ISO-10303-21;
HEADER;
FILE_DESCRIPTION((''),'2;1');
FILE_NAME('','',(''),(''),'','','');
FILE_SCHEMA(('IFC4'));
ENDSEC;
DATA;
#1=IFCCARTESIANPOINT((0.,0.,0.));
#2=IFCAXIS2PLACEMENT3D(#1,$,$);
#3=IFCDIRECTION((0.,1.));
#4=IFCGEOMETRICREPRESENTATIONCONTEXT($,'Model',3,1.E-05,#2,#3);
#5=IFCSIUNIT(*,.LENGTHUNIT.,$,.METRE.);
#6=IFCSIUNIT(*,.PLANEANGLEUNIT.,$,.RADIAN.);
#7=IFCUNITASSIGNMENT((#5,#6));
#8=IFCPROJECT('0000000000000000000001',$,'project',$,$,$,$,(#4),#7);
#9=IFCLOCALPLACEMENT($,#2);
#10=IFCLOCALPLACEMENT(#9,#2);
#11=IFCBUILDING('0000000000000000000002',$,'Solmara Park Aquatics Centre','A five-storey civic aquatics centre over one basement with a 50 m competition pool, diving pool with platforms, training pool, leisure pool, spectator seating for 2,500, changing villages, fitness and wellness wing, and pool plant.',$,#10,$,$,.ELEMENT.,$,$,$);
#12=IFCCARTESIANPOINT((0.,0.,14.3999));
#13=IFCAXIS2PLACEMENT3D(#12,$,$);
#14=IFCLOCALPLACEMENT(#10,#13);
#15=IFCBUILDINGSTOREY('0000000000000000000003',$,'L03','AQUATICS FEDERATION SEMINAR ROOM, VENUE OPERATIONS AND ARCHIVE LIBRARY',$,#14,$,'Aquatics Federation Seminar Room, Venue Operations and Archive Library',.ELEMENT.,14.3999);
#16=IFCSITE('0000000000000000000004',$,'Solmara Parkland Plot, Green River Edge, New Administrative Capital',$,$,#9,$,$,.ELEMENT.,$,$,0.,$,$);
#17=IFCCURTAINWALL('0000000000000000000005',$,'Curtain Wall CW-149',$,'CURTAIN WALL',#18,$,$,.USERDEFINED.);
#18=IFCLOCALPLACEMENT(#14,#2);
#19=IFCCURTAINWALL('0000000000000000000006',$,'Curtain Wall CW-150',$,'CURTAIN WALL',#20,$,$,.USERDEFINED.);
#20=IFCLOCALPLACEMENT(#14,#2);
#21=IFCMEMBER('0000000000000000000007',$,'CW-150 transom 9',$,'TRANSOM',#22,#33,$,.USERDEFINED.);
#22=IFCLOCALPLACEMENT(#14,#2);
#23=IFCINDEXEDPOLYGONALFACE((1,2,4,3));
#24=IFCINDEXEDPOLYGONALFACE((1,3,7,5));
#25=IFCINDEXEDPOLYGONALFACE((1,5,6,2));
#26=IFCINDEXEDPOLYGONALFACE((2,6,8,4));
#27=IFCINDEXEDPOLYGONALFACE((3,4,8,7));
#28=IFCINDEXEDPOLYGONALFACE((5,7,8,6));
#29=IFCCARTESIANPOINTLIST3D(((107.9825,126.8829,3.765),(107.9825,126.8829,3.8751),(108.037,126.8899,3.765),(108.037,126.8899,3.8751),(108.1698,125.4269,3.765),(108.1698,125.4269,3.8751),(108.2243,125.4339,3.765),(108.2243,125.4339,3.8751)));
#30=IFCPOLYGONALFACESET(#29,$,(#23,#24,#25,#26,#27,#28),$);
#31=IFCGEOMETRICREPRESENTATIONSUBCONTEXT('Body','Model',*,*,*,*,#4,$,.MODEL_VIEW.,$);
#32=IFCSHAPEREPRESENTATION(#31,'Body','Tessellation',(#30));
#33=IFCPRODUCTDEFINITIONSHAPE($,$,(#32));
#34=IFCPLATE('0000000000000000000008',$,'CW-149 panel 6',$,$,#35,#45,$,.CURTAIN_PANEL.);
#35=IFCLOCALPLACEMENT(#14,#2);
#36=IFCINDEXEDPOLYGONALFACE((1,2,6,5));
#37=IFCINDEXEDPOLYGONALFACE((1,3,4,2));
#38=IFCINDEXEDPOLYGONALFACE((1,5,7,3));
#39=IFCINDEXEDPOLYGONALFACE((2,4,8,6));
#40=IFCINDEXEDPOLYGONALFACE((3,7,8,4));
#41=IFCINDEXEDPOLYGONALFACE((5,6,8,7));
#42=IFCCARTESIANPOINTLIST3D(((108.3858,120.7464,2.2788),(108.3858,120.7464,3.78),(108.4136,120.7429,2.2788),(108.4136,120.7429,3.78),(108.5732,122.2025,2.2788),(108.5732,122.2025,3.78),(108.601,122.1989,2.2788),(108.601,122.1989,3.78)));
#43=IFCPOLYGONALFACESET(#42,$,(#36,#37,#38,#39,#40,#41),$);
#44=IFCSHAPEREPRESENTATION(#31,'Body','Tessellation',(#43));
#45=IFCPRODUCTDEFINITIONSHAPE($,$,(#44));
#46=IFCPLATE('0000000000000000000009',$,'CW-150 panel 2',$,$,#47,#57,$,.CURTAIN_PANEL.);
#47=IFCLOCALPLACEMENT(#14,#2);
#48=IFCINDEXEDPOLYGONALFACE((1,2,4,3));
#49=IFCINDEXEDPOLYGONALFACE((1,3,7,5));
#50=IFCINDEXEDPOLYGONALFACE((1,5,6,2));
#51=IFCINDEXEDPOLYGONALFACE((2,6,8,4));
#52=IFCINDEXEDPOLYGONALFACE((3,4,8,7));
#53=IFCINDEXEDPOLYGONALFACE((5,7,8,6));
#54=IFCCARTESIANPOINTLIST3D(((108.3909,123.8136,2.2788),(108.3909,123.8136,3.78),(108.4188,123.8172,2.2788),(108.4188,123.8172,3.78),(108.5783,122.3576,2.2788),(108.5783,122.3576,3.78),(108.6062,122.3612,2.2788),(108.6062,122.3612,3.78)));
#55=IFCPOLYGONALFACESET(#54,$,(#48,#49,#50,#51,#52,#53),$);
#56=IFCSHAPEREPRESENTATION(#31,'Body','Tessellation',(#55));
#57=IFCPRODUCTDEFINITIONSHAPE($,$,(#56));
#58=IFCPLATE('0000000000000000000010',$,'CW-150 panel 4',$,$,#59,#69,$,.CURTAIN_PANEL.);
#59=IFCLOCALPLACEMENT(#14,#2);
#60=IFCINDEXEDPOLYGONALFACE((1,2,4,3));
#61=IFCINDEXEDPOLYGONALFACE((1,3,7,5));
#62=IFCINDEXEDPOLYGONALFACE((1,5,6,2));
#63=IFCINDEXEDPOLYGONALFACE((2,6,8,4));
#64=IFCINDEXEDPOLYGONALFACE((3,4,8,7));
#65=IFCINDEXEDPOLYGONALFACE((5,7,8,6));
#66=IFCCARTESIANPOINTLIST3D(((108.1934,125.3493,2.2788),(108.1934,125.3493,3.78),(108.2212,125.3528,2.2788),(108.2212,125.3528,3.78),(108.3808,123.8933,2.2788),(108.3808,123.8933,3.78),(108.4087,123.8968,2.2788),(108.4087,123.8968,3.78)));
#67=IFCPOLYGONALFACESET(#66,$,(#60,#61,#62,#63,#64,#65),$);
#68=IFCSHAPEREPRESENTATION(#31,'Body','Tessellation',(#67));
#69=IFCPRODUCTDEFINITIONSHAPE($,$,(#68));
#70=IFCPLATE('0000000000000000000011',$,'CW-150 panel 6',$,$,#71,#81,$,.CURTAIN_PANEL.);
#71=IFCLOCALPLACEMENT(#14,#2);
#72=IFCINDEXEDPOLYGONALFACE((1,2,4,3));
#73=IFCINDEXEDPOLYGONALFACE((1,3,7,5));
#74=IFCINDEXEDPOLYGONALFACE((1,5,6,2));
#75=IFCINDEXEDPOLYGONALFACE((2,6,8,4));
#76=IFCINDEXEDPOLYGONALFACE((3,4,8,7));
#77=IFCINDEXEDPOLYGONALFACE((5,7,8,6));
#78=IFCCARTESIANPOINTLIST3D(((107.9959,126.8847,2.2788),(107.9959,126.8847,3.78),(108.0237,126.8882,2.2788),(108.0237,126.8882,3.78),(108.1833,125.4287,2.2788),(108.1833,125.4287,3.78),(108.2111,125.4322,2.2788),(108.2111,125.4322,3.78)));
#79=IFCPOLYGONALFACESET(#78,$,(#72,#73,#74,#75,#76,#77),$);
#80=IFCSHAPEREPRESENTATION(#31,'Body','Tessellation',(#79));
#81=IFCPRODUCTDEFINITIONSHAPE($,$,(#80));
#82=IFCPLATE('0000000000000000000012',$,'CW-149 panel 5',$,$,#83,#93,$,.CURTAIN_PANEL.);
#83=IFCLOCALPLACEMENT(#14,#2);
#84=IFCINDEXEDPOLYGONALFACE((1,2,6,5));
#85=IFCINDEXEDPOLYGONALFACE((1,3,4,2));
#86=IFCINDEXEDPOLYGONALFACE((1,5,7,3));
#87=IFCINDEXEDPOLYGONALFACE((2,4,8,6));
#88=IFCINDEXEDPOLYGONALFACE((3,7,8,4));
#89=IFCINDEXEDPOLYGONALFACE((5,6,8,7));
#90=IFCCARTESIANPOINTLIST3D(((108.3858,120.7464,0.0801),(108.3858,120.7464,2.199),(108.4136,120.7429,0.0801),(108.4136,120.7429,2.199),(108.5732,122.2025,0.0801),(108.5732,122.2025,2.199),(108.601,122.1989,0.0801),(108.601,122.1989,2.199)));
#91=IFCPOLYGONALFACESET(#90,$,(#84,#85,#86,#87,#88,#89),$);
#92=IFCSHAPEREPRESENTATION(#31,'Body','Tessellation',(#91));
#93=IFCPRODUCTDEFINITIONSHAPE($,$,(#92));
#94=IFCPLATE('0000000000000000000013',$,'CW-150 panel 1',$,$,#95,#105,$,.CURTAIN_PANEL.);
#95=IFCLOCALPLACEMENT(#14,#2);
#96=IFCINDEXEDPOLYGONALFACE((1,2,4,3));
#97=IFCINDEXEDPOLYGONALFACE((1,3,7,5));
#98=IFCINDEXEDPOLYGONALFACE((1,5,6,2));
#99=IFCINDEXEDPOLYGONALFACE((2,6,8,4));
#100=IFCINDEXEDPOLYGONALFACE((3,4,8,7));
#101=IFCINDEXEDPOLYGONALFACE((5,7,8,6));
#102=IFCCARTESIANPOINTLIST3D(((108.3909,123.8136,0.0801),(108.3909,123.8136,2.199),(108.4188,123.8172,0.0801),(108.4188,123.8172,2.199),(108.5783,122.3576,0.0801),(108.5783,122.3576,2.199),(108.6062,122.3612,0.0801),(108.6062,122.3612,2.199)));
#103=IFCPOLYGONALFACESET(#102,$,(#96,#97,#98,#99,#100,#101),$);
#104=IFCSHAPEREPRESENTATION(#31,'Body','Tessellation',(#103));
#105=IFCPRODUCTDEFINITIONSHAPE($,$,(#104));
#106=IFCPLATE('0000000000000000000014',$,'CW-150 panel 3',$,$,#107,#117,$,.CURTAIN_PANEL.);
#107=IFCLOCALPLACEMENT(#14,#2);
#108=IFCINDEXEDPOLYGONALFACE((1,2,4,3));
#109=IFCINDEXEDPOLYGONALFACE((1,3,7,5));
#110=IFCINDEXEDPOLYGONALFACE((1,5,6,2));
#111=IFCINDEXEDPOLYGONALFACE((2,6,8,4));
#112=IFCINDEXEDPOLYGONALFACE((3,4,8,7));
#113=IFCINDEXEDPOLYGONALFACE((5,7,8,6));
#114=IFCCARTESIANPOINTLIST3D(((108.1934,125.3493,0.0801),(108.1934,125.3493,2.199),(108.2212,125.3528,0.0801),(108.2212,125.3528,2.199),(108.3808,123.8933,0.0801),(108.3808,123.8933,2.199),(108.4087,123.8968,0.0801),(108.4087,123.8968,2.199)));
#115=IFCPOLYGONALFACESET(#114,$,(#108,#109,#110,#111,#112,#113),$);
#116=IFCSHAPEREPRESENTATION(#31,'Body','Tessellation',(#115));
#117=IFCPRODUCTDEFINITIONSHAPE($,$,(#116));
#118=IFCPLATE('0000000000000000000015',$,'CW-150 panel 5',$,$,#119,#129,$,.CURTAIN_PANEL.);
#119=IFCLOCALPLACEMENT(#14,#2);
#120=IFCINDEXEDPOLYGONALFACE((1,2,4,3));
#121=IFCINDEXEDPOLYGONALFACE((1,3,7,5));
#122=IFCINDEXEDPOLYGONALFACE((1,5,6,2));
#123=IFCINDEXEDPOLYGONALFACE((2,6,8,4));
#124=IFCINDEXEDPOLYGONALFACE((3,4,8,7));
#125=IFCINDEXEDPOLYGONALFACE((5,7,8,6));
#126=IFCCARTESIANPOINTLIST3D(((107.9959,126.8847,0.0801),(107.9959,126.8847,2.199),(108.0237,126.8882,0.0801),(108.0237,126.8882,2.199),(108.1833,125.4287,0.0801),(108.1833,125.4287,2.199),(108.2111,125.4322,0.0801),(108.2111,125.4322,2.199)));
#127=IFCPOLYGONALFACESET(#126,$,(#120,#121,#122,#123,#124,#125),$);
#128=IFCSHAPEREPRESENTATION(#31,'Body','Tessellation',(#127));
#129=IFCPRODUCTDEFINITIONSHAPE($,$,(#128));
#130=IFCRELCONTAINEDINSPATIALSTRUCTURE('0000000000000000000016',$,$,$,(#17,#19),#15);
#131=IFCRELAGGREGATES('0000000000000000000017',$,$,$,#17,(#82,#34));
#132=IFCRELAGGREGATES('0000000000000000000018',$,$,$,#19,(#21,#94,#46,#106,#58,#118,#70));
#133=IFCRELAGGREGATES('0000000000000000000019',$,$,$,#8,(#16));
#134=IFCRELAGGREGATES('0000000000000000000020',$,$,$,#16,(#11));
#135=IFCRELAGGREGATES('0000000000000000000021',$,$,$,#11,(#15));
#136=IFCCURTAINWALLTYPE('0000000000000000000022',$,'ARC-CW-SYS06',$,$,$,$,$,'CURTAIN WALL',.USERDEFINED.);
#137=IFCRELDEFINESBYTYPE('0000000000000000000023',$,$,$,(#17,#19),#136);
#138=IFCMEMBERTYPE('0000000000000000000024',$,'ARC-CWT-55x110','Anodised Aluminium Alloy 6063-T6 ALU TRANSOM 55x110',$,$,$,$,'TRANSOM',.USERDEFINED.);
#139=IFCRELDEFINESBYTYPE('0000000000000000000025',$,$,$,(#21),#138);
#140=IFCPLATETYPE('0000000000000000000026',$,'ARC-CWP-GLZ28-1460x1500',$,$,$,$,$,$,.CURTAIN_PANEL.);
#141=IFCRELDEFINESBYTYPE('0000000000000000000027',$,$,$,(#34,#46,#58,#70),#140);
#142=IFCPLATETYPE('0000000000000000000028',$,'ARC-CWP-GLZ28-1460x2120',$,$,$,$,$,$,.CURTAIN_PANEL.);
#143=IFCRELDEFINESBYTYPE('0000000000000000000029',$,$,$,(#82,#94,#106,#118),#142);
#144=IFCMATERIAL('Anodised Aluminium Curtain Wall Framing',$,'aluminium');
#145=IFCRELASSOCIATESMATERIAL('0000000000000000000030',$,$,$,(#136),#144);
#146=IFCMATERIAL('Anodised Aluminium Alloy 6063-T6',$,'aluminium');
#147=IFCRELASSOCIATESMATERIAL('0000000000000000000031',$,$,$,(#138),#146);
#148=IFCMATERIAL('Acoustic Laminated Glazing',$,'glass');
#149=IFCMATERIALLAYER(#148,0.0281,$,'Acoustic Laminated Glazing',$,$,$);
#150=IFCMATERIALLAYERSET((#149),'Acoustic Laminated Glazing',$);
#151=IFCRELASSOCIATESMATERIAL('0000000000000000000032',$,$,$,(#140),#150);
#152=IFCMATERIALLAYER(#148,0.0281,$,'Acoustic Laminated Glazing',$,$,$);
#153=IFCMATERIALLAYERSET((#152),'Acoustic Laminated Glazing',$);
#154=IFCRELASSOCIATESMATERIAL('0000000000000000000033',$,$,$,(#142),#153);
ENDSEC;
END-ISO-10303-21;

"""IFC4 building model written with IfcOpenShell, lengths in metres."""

from ifc_helpers import new_model, si_unit, direction, frame, origin, origin_2d, place, context, subcontext, project, spatial, rectangle, extrude, material, layer, layer_set, material_profile, profile_set, type_object, element, aggregate, save


model = new_model("IFC4")

# Units and contexts
model_context = context("Model", 3, precision=1e-05, world=origin(), true_north=direction((0.0, 1.0)))
body_context = subcontext(model_context, "Body", "Model", "MODEL_VIEW")
ifc_project = project(units=[si_unit("LENGTHUNIT", "METRE"), si_unit("PLANEANGLEUNIT", "RADIAN")], contexts=[model_context])

# Site, building, storey
site_placement = place(None, origin())
site = spatial("IfcSite", under=ifc_project, at=site_placement, Name="Solmara Parkland Plot, Green River Edge, New Administrative Capital", CompositionType="ELEMENT", RefElevation=0.0)
building_placement = place(site_placement, origin())
building = spatial("IfcBuilding", under=site, at=building_placement, Name="Solmara Park Aquatics Centre", Description="A five-storey civic aquatics centre over one basement with a 50 m competition pool, diving pool with platforms, training pool, leisure pool, spectator seating for 2,500, changing villages, fitness and wellness wing, and pool plant.", CompositionType="ELEMENT")
storey_placement = place(building_placement, frame((0.0, 0.0, 14.3999)))
storey = spatial("IfcBuildingStorey", under=building, at=storey_placement, Name="L03", Description="AQUATICS FEDERATION SEMINAR ROOM, VENUE OPERATIONS AND ARCHIVE LIBRARY", LongName="Aquatics Federation Seminar Room, Venue Operations and Archive Library", CompositionType="ELEMENT", Elevation=14.3999)

# Curtain wall
ifc_material_1 = material(Name="Anodised Aluminium Curtain Wall Framing", Category="aluminium")
curtain_wall_type = type_object("IfcCurtainWallType", Name="ARC-CW-SYS06", ElementType="CURTAIN WALL", PredefinedType="USERDEFINED", material=ifc_material_1)
curtain_wall_1_placement = place(storey_placement, origin())
curtain_wall_1 = element("IfcCurtainWall", 1, at=curtain_wall_1_placement, inside=storey, type_object=curtain_wall_type, Name="Curtain Wall CW-149", ObjectType="CURTAIN WALL", PredefinedType="USERDEFINED")
ifc_material_2 = material(Name="Anodised Aluminium Alloy 6063-T6", Category="aluminium")

# Curtain wall
curtain_wall_2_placement = place(storey_placement, origin())
curtain_wall_2 = element("IfcCurtainWall", 2, at=curtain_wall_2_placement, inside=storey, type_object=curtain_wall_type, Name="Curtain Wall CW-150", ObjectType="CURTAIN WALL", PredefinedType="USERDEFINED")

# Member
ifc_material_profile_1 = material_profile(ifc_material_2, rectangle(XDim=0.0549, YDim=0.1101, at=origin_2d()), Name="ALU TRANSOM 55x110")
ifc_profile_set_1 = profile_set([ifc_material_profile_1], Name="Anodised Aluminium Alloy 6063-T6")
member_type_1 = type_object("IfcMemberType", Name="ARC-CWT-55x110", Description="Anodised Aluminium Alloy 6063-T6 ALU TRANSOM 55x110", ElementType="TRANSOM", PredefinedType="USERDEFINED", material=ifc_profile_set_1)
member_1_placement = place(storey_placement, frame((108.197, 125.4304, 3.8201), z_axis=(-0.127554, 0.991832, 0.0), x_axis=(-0.991832, -0.127554, 0.0)))
member_1 = element("IfcMember", 3, at=member_1_placement, type_object=member_type_1, Name="CW-150 transom 9", ObjectType="TRANSOM", PredefinedType="USERDEFINED", context=body_context, shape_type="SweptSolid", body=[
    extrude(rectangle(XDim=0.0549, YDim=0.1101, at=origin_2d()), origin(), (0.0, 0.0, 1.0), 1.468),
])

# Plates
ifc_material_3 = material(Name="Acoustic Laminated Glazing", Category="glass")
ifc_layer_1 = layer(ifc_material_3, 0.0281, Name="Acoustic Laminated Glazing")
ifc_layer_set_1 = layer_set([ifc_layer_1], Name="Acoustic Laminated Glazing")
plate_type_1 = type_object("IfcPlateType", Name="ARC-CWP-GLZ28-1460x1500", PredefinedType="CURTAIN_PANEL", material=ifc_layer_set_1)
plate_1_placement = place(storey_placement, frame((108.4934, 121.4727, 2.2788), z_axis=(0.0, 0.0, 1.0), x_axis=(0.127658, 0.991818, 0.0)))
plate_1 = element("IfcPlate", 4, at=plate_1_placement, type_object=plate_type_1, Name="CW-149 panel 6", PredefinedType="CURTAIN_PANEL", context=body_context, shape_type="SweptSolid", body=[
    extrude(rectangle(XDim=1.468, YDim=0.0281, at=origin_2d()), origin(), (0.0, 0.0, 1.0), 1.5012),
])
plate_2_placement = place(storey_placement, frame((108.4985, 123.0874, 2.2788), z_axis=(0.0, 0.0, 1.0), x_axis=(-0.127658, 0.991818, 0.0)))
plate_2 = element("IfcPlate", 5, at=plate_2_placement, type_object=plate_type_1, Name="CW-150 panel 2", PredefinedType="CURTAIN_PANEL", context=body_context, shape_type="SweptSolid", body=[
    extrude(rectangle(XDim=1.468, YDim=0.0281, at=origin_2d()), origin(), (0.0, 0.0, 1.0), 1.5012),
])
plate_3_placement = place(storey_placement, frame((108.301, 124.623, 2.2788), z_axis=(0.0, 0.0, 1.0), x_axis=(-0.127658, 0.991818, 0.0)))
plate_3 = element("IfcPlate", 6, at=plate_3_placement, type_object=plate_type_1, Name="CW-150 panel 4", PredefinedType="CURTAIN_PANEL", context=body_context, shape_type="SweptSolid", body=[
    extrude(rectangle(XDim=1.468, YDim=0.0281, at=origin_2d()), origin(), (0.0, 0.0, 1.0), 1.5012),
])
plate_4_placement = place(storey_placement, frame((108.1035, 126.1584, 2.2788), z_axis=(0.0, 0.0, 1.0), x_axis=(-0.127658, 0.991818, 0.0)))
plate_4 = element("IfcPlate", 7, at=plate_4_placement, type_object=plate_type_1, Name="CW-150 panel 6", PredefinedType="CURTAIN_PANEL", context=body_context, shape_type="SweptSolid", body=[
    extrude(rectangle(XDim=1.468, YDim=0.0281, at=origin_2d()), origin(), (0.0, 0.0, 1.0), 1.5012),
])
ifc_layer_2 = layer(ifc_material_3, 0.0281, Name="Acoustic Laminated Glazing")
ifc_layer_set_2 = layer_set([ifc_layer_2], Name="Acoustic Laminated Glazing")
plate_type_2 = type_object("IfcPlateType", Name="ARC-CWP-GLZ28-1460x2120", PredefinedType="CURTAIN_PANEL", material=ifc_layer_set_2)
plate_5_placement = place(storey_placement, frame((108.4934, 121.4727, 0.0801), z_axis=(0.0, 0.0, 1.0), x_axis=(0.127658, 0.991818, 0.0)))
plate_5 = element("IfcPlate", 8, at=plate_5_placement, type_object=plate_type_2, Name="CW-149 panel 5", PredefinedType="CURTAIN_PANEL", context=body_context, shape_type="SweptSolid", body=[
    extrude(rectangle(XDim=1.468, YDim=0.0281, at=origin_2d()), origin(), (0.0, 0.0, 1.0), 2.1189),
])
aggregate(curtain_wall_1, [plate_5, plate_1])
plate_6_placement = place(storey_placement, frame((108.4985, 123.0874, 0.0801), z_axis=(0.0, 0.0, 1.0), x_axis=(-0.127658, 0.991818, 0.0)))
plate_6 = element("IfcPlate", 9, at=plate_6_placement, type_object=plate_type_2, Name="CW-150 panel 1", PredefinedType="CURTAIN_PANEL", context=body_context, shape_type="SweptSolid", body=[
    extrude(rectangle(XDim=1.468, YDim=0.0281, at=origin_2d()), origin(), (0.0, 0.0, 1.0), 2.1189),
])
plate_7_placement = place(storey_placement, frame((108.301, 124.623, 0.0801), z_axis=(0.0, 0.0, 1.0), x_axis=(-0.127658, 0.991818, 0.0)))
plate_7 = element("IfcPlate", 10, at=plate_7_placement, type_object=plate_type_2, Name="CW-150 panel 3", PredefinedType="CURTAIN_PANEL", context=body_context, shape_type="SweptSolid", body=[
    extrude(rectangle(XDim=1.468, YDim=0.0281, at=origin_2d()), origin(), (0.0, 0.0, 1.0), 2.1189),
])
plate_8_placement = place(storey_placement, frame((108.1035, 126.1584, 0.0801), z_axis=(0.0, 0.0, 1.0), x_axis=(-0.127658, 0.991818, 0.0)))
plate_8 = element("IfcPlate", 11, at=plate_8_placement, type_object=plate_type_2, Name="CW-150 panel 5", PredefinedType="CURTAIN_PANEL", context=body_context, shape_type="SweptSolid", body=[
    extrude(rectangle(XDim=1.468, YDim=0.0281, at=origin_2d()), origin(), (0.0, 0.0, 1.0), 2.1189),
])
aggregate(curtain_wall_2, [member_1, plate_6, plate_2, plate_7, plate_3, plate_8, plate_4])

save(model, "model.ifc")
